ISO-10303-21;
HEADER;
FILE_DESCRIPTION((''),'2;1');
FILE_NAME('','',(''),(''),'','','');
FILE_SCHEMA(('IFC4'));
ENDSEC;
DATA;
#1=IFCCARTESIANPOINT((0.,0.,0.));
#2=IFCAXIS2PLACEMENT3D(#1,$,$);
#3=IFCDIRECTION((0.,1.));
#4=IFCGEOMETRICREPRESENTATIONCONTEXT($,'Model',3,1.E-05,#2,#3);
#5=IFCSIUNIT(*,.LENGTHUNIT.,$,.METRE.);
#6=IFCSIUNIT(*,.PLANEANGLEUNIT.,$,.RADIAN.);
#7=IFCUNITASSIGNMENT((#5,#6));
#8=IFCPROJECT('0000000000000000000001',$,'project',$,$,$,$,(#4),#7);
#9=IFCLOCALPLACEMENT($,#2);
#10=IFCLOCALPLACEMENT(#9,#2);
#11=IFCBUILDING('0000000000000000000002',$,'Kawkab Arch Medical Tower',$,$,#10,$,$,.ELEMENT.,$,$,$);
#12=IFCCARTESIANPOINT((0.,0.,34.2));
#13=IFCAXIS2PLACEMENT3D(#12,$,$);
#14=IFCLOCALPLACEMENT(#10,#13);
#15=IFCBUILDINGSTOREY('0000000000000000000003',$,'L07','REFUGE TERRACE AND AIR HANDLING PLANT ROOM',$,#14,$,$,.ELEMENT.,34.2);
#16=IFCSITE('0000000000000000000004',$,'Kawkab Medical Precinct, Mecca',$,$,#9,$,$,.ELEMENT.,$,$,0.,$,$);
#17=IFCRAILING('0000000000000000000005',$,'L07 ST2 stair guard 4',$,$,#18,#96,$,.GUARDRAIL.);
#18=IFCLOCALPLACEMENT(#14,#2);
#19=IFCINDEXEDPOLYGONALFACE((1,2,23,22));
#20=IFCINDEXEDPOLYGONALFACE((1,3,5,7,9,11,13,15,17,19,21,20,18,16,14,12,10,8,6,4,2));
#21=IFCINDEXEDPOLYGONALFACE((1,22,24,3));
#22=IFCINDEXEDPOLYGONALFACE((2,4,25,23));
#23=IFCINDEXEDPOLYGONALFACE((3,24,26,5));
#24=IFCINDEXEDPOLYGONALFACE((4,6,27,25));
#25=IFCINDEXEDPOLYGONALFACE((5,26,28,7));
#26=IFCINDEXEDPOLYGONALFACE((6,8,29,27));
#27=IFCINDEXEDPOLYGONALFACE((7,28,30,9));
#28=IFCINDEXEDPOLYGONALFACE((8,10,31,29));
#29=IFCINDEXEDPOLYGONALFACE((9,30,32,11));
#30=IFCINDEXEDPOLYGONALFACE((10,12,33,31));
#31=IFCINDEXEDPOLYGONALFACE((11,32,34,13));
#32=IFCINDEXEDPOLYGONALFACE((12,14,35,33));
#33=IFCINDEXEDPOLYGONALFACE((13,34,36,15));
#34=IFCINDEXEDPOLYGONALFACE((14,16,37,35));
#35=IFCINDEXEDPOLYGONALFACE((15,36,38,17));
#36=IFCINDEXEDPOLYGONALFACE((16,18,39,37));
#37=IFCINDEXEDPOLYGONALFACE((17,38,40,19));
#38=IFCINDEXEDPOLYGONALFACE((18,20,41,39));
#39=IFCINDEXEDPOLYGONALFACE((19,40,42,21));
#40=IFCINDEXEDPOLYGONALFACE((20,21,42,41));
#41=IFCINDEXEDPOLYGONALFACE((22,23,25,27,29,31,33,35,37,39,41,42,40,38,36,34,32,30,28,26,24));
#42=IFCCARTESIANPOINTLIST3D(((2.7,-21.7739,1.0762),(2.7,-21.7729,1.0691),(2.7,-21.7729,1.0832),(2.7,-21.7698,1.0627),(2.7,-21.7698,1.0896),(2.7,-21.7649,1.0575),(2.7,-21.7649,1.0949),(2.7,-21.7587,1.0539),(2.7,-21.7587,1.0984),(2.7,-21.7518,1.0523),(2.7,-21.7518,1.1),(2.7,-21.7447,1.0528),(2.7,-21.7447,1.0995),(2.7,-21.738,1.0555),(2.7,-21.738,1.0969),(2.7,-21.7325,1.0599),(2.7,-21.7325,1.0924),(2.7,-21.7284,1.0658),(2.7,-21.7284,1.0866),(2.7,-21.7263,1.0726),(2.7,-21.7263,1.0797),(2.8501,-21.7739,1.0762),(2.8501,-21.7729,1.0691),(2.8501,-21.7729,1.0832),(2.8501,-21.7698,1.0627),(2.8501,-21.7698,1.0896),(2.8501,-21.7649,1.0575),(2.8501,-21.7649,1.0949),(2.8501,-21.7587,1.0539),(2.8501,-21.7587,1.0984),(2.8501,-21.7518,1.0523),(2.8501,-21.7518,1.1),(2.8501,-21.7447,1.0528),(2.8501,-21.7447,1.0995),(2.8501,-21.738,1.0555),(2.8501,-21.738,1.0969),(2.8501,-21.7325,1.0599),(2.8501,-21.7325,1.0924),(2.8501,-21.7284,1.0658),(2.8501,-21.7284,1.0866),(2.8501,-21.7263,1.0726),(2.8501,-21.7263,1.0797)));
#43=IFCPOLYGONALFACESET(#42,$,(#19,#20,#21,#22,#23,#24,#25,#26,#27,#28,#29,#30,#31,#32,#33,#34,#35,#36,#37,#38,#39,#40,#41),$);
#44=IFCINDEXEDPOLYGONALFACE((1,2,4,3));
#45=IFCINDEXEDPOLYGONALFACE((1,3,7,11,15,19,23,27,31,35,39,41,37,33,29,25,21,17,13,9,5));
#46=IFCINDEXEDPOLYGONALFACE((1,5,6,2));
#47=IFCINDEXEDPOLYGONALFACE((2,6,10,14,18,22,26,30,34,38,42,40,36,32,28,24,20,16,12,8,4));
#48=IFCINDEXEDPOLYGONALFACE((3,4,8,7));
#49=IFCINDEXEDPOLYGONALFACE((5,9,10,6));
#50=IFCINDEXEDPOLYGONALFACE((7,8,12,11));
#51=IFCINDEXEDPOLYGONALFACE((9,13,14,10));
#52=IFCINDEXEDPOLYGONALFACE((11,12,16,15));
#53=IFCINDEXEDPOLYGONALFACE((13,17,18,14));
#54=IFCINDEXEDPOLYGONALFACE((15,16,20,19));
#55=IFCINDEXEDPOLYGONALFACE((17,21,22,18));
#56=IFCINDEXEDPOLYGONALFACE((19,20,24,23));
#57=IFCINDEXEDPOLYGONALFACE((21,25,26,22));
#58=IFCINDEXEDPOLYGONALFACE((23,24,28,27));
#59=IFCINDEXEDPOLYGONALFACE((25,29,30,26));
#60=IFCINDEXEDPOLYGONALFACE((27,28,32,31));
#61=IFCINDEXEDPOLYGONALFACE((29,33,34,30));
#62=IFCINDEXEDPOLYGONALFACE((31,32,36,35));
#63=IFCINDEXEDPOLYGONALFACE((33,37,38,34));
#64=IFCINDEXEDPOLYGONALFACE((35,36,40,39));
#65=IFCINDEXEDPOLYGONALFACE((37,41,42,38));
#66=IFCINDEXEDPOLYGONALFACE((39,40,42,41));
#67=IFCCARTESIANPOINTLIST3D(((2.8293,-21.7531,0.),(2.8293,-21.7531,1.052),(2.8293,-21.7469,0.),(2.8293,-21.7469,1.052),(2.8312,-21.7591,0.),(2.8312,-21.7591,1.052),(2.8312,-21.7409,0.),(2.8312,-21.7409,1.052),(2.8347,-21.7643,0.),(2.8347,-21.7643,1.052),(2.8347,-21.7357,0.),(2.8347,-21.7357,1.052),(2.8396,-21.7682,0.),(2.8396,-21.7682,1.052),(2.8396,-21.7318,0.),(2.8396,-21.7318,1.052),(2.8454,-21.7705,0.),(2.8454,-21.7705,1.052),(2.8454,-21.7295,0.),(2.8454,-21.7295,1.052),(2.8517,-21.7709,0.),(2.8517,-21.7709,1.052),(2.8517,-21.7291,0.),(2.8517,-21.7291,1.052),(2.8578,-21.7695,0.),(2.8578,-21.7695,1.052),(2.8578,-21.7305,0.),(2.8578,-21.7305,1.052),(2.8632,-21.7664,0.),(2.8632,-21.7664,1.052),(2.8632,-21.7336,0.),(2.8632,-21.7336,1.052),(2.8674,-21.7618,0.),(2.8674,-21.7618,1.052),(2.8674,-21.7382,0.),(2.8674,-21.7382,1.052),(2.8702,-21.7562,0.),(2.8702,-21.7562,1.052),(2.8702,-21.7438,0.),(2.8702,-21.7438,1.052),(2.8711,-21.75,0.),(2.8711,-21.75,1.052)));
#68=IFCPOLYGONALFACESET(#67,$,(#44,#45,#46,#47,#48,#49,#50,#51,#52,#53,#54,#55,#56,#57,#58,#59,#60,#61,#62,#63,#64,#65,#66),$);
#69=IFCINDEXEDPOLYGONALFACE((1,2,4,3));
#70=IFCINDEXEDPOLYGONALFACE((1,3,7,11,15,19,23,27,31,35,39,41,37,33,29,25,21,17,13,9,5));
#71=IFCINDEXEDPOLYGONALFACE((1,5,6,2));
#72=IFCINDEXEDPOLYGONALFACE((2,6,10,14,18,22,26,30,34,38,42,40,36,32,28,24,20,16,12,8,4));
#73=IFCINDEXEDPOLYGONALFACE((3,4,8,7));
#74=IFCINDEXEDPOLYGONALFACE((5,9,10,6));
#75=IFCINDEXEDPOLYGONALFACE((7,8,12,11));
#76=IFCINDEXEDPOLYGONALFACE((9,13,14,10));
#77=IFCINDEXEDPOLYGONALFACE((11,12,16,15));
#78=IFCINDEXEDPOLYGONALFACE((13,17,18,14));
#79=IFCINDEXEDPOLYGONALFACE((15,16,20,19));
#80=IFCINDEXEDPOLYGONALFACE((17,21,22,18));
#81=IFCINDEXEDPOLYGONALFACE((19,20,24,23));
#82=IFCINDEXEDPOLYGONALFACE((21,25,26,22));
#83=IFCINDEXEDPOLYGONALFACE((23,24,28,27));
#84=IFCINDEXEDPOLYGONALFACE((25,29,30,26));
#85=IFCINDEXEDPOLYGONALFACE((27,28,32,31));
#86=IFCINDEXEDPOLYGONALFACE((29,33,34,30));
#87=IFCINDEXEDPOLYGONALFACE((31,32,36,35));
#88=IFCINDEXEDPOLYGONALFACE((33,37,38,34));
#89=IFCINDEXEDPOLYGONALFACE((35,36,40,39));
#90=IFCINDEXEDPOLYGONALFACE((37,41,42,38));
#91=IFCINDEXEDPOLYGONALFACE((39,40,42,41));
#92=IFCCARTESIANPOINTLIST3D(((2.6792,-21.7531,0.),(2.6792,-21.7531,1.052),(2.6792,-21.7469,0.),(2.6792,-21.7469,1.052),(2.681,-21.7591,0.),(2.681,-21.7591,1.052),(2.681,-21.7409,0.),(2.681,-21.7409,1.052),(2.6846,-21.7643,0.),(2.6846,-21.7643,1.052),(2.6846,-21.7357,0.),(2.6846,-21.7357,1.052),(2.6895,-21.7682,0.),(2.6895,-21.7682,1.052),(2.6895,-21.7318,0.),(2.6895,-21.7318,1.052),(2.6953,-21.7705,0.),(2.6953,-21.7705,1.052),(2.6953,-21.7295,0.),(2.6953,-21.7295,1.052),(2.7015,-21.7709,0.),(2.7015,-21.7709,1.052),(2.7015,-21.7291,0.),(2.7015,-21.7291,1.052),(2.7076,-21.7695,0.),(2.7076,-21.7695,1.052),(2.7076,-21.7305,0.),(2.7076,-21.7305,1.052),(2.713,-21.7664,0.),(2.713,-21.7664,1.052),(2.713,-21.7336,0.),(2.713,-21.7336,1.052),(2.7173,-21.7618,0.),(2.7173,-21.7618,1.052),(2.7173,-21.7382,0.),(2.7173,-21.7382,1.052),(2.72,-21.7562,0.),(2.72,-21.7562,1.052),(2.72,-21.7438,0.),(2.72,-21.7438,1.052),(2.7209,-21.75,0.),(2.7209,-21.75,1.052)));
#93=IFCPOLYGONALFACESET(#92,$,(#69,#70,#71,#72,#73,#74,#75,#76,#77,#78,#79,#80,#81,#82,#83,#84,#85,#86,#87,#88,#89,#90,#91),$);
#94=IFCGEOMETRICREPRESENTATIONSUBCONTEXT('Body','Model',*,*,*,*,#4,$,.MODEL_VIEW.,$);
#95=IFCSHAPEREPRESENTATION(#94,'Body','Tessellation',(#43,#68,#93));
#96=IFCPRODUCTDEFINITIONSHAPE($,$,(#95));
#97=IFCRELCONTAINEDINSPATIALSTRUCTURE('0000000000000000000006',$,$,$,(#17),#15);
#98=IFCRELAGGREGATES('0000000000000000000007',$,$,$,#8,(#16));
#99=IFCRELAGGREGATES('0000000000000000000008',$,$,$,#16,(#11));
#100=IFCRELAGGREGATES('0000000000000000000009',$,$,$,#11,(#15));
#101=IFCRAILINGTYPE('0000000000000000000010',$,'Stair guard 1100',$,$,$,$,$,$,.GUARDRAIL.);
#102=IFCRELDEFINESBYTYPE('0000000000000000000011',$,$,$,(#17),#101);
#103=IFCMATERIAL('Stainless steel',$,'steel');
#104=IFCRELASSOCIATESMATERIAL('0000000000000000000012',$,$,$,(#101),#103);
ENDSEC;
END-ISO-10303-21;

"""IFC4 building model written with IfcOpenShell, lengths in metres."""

from ifc_helpers import new_model, si_unit, direction, frame, origin, origin_2d, place, context, subcontext, project, spatial, circle, extrude, material, type_object, element, save


model = new_model("IFC4")

# Units and contexts
model_context = context("Model", 3, precision=1e-05, world=origin(), true_north=direction((0.0, 1.0)))
body_context = subcontext(model_context, "Body", "Model", "MODEL_VIEW")
ifc_project = project(units=[si_unit("LENGTHUNIT", "METRE"), si_unit("PLANEANGLEUNIT", "RADIAN")], contexts=[model_context])

# Site, building, storey
site_placement = place(None, origin())
site = spatial("IfcSite", under=ifc_project, at=site_placement, Name="Kawkab Medical Precinct, Mecca", CompositionType="ELEMENT", RefElevation=0.0)
building_placement = place(site_placement, origin())
building = spatial("IfcBuilding", under=site, at=building_placement, Name="Kawkab Arch Medical Tower", CompositionType="ELEMENT")
storey_placement = place(building_placement, frame((0.0, 0.0, 34.2)))
storey = spatial("IfcBuildingStorey", under=building, at=storey_placement, Name="L07", Description="REFUGE TERRACE AND AIR HANDLING PLANT ROOM", CompositionType="ELEMENT", Elevation=34.2)

# Railing
ifc_material_1 = material(Name="Stainless steel", Category="steel")
railing_type_1 = type_object("IfcRailingType", Name="Stair guard 1100", PredefinedType="GUARDRAIL", material=ifc_material_1)
railing_1_placement = place(storey_placement, frame((2.8501, -21.75, 0.0)))
element("IfcRailing", 1, at=railing_1_placement, inside=storey, type_object=railing_type_1, Name="L07 ST2 stair guard 4", PredefinedType="GUARDRAIL", context=body_context, shape_type="SweptSolid", body=[
    extrude(circle(Radius=0.0239, at=origin_2d()), frame((0.0, 0.0, 1.0762), z_axis=(-1.0, 0.0, 0.0), x_axis=(0.0, -1.0, 0.0)), (0.0, 0.0, 1.0), 0.1501),
    extrude(circle(Radius=0.021, at=origin_2d()), origin(), (0.0, 0.0, 1.0), 1.052),
    extrude(circle(Radius=0.021, at=origin_2d()), frame((-0.1501, 0.0, 0.0)), (0.0, 0.0, 1.0), 1.052),
])

save(model, "model.ifc")
